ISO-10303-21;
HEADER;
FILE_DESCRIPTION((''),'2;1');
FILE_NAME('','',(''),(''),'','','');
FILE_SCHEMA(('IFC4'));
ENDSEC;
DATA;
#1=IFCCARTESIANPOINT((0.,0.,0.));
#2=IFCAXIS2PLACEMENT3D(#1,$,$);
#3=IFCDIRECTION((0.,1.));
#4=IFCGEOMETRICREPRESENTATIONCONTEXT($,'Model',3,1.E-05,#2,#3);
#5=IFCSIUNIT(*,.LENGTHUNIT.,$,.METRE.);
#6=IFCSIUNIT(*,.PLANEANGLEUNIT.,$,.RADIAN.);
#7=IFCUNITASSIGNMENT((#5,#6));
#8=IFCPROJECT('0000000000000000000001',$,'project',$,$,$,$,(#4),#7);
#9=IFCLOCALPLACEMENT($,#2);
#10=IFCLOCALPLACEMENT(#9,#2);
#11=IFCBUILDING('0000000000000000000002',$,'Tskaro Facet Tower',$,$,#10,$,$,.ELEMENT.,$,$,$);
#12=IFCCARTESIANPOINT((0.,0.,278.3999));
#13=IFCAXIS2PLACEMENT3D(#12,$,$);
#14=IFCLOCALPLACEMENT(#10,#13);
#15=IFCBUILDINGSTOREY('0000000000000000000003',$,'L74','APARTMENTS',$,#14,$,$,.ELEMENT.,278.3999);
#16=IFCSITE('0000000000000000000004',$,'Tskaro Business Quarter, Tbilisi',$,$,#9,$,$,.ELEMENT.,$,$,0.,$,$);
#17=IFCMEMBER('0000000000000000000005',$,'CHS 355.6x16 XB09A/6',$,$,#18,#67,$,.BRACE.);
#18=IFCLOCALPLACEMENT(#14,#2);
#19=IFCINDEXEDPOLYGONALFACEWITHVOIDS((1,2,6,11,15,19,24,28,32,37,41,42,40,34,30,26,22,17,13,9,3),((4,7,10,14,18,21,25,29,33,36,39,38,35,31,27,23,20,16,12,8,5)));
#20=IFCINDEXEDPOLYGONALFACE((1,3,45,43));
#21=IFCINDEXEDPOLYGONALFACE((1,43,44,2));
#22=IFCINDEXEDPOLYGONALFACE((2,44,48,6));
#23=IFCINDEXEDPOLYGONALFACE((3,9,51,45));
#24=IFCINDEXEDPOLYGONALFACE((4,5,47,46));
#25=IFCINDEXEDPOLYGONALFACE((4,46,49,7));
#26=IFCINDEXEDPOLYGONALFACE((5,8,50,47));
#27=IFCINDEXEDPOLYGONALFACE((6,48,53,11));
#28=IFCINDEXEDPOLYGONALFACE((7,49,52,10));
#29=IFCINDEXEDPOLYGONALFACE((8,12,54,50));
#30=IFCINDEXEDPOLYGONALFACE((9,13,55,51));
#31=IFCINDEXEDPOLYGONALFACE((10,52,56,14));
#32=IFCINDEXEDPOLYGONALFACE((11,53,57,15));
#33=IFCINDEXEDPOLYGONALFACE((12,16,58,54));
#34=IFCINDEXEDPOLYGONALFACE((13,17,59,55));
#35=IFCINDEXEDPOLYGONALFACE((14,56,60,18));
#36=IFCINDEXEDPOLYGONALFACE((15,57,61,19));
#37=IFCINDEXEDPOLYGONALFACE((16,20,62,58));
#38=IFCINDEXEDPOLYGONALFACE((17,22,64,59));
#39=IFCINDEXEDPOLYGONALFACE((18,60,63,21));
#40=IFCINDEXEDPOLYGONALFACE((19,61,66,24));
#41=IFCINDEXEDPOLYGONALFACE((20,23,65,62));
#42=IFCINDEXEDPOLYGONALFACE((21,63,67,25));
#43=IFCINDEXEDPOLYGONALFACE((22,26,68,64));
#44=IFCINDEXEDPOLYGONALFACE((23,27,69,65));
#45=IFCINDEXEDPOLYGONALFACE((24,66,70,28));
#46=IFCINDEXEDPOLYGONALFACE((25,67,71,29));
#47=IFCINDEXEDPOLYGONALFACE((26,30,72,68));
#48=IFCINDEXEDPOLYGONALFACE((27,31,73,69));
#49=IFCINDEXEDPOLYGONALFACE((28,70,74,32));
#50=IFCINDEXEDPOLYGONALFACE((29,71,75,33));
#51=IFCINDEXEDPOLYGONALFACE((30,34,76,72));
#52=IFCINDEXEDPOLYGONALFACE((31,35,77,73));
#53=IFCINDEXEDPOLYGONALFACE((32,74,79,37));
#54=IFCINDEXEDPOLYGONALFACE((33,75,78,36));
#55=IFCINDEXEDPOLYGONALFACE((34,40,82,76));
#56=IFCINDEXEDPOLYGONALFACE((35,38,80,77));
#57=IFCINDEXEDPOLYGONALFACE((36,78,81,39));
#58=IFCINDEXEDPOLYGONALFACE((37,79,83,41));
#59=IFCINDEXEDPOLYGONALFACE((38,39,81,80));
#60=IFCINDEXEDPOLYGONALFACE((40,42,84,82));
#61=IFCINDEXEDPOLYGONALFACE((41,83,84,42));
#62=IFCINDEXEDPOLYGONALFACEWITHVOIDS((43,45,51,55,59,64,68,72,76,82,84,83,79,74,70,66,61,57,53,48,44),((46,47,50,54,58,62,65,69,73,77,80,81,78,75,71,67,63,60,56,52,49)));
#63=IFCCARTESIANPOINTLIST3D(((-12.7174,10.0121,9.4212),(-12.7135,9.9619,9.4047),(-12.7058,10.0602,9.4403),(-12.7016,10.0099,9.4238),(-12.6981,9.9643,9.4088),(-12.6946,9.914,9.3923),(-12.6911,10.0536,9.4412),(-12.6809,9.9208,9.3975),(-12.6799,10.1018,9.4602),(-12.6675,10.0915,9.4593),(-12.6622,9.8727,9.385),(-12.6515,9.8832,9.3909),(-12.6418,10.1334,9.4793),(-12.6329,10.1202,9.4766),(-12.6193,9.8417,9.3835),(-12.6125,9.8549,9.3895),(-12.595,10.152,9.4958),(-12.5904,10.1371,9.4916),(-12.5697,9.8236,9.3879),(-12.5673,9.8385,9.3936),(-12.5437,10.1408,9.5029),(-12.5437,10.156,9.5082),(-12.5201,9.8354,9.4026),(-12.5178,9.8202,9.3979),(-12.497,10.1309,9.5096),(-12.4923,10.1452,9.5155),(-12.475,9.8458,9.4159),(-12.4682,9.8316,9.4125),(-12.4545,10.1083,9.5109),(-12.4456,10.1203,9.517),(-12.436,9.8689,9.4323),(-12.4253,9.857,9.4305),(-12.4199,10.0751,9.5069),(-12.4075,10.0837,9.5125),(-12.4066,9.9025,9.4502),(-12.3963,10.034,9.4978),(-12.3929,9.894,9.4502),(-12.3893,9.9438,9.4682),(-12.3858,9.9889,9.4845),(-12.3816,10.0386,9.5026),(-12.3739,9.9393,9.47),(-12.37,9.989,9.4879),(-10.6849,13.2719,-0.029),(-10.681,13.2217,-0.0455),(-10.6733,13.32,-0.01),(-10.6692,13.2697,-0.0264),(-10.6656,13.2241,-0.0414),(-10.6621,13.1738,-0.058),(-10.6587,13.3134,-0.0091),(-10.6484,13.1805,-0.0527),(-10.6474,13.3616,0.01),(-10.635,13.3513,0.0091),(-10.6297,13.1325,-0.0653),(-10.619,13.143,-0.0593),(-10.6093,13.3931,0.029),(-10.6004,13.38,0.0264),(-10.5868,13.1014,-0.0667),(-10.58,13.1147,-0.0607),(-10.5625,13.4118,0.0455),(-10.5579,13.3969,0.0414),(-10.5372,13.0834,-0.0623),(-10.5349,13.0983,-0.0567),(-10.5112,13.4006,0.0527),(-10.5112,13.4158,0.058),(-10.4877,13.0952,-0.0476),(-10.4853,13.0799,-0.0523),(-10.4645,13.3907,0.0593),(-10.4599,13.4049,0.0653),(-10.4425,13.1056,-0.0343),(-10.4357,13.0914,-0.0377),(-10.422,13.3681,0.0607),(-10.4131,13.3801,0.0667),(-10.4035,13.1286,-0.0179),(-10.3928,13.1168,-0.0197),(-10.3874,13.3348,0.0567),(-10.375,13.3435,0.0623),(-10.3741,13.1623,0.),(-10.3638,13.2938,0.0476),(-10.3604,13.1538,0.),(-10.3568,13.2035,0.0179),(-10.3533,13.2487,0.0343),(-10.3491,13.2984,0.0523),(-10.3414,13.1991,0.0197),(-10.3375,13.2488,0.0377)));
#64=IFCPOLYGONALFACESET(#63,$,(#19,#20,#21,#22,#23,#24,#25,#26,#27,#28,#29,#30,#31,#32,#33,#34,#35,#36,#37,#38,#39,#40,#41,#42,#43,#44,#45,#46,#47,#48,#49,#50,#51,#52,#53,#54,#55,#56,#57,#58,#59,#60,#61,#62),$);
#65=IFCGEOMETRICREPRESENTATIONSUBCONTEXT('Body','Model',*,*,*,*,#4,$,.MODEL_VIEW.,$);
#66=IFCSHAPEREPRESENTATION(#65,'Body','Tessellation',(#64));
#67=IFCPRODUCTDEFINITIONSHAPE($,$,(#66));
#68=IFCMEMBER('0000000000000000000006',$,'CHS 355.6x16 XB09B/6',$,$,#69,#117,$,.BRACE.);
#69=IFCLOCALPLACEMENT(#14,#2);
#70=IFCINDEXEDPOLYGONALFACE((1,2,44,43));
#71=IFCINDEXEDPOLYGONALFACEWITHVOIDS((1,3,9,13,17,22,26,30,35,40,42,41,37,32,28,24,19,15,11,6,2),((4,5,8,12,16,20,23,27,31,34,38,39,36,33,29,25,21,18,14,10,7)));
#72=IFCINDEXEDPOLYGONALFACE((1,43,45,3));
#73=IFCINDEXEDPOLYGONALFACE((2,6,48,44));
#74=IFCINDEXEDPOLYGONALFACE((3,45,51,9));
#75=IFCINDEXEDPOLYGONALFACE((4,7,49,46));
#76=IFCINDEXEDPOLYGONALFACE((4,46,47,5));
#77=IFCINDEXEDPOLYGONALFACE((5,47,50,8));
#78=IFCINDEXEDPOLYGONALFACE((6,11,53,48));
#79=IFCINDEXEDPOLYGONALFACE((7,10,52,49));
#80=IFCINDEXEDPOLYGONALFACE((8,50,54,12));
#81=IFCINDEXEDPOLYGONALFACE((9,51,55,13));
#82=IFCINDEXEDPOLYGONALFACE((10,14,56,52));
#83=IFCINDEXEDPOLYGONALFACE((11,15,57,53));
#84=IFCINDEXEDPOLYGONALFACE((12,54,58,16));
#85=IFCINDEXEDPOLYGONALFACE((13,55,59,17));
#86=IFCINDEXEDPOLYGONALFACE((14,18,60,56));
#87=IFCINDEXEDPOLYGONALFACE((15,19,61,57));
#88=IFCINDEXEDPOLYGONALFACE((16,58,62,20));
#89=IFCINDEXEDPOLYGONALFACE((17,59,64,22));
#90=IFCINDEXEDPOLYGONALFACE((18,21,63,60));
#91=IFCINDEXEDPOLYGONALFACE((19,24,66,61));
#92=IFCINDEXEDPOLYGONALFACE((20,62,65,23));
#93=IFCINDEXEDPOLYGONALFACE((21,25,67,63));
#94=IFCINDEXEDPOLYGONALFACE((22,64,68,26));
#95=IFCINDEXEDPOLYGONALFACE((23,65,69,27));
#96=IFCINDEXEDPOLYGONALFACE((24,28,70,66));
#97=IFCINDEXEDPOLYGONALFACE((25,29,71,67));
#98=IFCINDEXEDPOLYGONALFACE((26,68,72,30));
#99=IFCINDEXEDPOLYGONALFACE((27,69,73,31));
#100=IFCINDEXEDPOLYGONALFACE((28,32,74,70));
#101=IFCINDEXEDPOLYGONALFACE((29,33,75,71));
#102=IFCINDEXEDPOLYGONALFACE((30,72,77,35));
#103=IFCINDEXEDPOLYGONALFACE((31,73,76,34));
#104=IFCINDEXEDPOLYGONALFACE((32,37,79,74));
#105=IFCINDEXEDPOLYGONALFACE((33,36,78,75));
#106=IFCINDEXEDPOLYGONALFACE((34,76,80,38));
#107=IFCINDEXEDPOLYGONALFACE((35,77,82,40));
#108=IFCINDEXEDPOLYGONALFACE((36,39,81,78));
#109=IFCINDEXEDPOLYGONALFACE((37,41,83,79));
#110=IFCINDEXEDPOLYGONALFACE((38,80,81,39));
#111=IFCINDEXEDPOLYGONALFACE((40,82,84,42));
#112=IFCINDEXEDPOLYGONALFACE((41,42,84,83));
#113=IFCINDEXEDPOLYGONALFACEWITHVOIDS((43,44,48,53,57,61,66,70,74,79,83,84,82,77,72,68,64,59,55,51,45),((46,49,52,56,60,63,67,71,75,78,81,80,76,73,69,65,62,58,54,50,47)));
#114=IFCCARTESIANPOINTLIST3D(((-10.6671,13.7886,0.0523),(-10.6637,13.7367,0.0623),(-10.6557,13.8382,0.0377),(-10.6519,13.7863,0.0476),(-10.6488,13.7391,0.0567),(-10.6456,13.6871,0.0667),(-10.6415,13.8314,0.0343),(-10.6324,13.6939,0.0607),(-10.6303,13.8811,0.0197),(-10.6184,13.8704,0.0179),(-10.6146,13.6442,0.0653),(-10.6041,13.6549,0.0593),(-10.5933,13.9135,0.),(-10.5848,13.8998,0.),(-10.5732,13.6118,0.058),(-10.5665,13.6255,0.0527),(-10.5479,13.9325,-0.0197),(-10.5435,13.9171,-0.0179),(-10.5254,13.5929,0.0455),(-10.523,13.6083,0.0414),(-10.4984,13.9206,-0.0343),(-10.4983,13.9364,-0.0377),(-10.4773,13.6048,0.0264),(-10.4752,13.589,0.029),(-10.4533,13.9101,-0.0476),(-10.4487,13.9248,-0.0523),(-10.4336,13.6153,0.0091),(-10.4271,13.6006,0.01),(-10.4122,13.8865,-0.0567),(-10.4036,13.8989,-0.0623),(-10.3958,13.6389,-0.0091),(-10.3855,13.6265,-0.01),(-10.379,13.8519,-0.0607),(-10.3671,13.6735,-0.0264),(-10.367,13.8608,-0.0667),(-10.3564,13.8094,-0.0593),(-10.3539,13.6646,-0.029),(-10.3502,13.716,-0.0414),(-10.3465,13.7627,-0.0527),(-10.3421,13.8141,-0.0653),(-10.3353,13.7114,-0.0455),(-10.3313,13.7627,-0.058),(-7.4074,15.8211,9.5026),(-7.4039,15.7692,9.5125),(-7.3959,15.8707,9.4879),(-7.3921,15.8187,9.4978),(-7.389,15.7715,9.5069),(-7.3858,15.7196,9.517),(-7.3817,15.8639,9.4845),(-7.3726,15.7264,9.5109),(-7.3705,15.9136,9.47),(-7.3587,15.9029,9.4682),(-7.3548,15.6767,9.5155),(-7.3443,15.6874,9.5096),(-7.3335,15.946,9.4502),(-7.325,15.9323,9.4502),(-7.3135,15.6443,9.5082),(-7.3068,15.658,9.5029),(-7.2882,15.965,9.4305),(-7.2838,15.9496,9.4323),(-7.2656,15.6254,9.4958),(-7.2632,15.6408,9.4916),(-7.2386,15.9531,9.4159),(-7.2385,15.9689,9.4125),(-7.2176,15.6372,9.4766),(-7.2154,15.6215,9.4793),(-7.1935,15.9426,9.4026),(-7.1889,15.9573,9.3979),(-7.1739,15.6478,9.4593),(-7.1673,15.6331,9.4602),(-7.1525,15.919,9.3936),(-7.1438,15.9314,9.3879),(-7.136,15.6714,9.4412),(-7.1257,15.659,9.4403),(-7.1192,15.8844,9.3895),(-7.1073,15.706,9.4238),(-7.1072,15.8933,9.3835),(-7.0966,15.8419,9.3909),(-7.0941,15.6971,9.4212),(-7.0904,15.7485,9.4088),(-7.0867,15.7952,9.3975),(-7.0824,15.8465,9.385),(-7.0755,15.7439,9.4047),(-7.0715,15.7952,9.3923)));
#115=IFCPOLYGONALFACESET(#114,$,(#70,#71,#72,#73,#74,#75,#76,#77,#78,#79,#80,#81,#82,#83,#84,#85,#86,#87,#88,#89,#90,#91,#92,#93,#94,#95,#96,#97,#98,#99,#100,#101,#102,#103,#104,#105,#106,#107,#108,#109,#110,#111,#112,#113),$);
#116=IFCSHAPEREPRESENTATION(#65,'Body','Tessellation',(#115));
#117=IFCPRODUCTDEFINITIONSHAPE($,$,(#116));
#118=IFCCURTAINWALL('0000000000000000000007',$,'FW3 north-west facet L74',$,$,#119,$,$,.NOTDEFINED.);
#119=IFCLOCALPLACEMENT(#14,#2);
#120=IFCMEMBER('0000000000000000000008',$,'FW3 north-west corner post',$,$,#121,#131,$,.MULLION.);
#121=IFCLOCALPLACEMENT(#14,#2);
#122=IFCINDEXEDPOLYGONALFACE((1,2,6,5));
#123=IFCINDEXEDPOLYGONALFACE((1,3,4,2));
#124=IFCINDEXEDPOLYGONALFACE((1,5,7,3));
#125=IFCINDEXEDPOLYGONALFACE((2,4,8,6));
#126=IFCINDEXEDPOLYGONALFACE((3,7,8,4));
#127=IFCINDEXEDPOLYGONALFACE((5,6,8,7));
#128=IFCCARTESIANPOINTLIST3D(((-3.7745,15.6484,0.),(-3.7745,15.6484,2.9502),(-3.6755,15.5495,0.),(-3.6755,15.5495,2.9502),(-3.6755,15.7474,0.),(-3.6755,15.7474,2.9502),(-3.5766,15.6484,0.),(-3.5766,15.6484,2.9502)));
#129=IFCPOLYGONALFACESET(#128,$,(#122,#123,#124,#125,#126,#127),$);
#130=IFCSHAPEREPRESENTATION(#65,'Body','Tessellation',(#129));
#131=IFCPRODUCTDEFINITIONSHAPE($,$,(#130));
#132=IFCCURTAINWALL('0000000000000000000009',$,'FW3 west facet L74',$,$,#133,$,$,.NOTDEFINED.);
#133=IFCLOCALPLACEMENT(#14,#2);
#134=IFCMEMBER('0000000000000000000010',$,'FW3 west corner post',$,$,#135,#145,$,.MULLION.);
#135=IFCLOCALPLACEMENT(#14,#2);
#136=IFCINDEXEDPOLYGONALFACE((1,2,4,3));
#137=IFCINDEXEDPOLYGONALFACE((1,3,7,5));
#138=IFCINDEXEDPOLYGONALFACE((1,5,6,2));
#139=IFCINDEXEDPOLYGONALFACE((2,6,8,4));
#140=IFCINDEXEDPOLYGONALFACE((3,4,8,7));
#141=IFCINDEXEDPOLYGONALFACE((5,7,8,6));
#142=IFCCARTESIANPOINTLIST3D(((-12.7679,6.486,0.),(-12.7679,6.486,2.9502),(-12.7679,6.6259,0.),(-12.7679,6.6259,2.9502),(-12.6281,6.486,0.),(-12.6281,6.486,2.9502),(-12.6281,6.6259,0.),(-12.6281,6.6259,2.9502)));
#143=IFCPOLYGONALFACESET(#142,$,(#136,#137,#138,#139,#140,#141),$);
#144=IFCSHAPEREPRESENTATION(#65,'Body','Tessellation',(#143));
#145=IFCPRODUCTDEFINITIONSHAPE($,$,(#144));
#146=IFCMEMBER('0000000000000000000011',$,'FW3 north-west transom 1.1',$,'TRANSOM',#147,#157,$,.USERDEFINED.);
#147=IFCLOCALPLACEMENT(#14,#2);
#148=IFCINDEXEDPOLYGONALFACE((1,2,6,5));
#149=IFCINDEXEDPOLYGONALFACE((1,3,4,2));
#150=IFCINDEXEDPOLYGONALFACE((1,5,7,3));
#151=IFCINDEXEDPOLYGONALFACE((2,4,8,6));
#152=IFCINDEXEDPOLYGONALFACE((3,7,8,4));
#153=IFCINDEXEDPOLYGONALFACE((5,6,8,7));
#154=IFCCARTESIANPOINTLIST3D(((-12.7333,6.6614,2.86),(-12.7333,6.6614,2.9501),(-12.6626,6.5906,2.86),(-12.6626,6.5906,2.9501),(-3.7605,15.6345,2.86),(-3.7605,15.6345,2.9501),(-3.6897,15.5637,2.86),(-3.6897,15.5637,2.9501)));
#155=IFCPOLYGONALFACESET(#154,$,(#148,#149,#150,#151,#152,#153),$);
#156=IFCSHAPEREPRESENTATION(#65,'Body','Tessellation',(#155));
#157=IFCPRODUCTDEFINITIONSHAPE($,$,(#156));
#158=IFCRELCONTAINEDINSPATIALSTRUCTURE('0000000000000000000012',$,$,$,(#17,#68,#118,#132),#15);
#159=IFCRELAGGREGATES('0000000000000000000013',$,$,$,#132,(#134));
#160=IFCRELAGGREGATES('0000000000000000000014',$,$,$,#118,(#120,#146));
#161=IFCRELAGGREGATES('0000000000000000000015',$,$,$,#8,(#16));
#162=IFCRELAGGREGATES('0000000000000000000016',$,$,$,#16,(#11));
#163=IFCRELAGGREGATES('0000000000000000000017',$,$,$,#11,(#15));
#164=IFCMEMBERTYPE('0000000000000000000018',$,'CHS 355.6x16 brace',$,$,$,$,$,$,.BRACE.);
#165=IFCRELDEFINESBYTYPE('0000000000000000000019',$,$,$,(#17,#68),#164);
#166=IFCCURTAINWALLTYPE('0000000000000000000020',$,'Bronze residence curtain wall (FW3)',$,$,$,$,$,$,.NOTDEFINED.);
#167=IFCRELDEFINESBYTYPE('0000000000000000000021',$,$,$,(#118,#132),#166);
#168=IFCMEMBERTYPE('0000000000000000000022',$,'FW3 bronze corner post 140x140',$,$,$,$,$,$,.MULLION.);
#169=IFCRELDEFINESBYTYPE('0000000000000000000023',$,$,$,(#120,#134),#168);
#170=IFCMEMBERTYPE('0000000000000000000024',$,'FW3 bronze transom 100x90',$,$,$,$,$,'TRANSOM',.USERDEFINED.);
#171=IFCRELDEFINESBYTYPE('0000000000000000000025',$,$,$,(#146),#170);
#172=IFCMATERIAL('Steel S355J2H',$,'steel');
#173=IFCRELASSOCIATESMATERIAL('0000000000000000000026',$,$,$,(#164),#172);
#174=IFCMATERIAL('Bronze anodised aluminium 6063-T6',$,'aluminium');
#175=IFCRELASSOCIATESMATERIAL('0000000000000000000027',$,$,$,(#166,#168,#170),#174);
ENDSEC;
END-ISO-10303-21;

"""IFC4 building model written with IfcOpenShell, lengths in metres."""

from ifc_helpers import new_model, si_unit, direction, frame, origin, origin_2d, place, context, subcontext, project, spatial, rectangle, hollow_circle, extrude, material, material_profile, profile_set, type_object, element, aggregate, save


model = new_model("IFC4")

# Units and contexts
model_context = context("Model", 3, precision=1e-05, world=origin(), true_north=direction((0.0, 1.0)))
body_context = subcontext(model_context, "Body", "Model", "MODEL_VIEW")
ifc_project = project(units=[si_unit("LENGTHUNIT", "METRE"), si_unit("PLANEANGLEUNIT", "RADIAN")], contexts=[model_context])

# Site, building, storey
site_placement = place(None, origin())
site = spatial("IfcSite", under=ifc_project, at=site_placement, Name="Tskaro Business Quarter, Tbilisi", CompositionType="ELEMENT", RefElevation=0.0)
building_placement = place(site_placement, origin())
building = spatial("IfcBuilding", under=site, at=building_placement, Name="Tskaro Facet Tower", CompositionType="ELEMENT")
storey_placement = place(building_placement, frame((0.0, 0.0, 278.3999)))
storey = spatial("IfcBuildingStorey", under=building, at=storey_placement, Name="L74", Description="APARTMENTS", CompositionType="ELEMENT", Elevation=278.3999)

# Shared definitions
ifc_material_1 = material(Name="Steel S355J2H", Category="steel")

# Members
ifc_material_profile_1 = material_profile(ifc_material_1, hollow_circle(Radius=0.1777, WallThickness=0.0161, at=origin_2d()), Name="CHS 355.6x16")
ifc_profile_set_1 = profile_set([ifc_material_profile_1], Name="Steel S355J2H")
member_type_1 = type_object("IfcMemberType", Name="CHS 355.6x16 brace", PredefinedType="BRACE", material=ifc_profile_set_1)
for number, where, z_axis, x_axis, name in (
    (1, (-10.5112, 13.2478, 0.0), (-0.19924, -0.319549, 0.926386), (0.848569, -0.529085, 0.0), "CHS 355.6x16 XB09A/6"),
    (2, (-10.4993, 13.7627, 0.0), (0.319549, 0.19924, 0.926386), (-0.529085, 0.848569, 0.0), "CHS 355.6x16 XB09B/6"),
):
    element("IfcMember", number, at=place(storey_placement, frame(where, z_axis=z_axis, x_axis=x_axis)), inside=storey, type_object=member_type_1, Name=name, PredefinedType="BRACE", context=body_context, shape_type="SweptSolid", body=[
        extrude(hollow_circle(Radius=0.1777, WallThickness=0.0161, at=origin_2d()), origin(), (0.0, 0.0, 1.0), 10.2012),
    ])

# Curtain walls, members
ifc_material_2 = material(Name="Bronze anodised aluminium 6063-T6", Category="aluminium")
curtain_wall_type = type_object("IfcCurtainWallType", Name="Bronze residence curtain wall (FW3)", PredefinedType="NOTDEFINED", material=ifc_material_2)
curtain_wall_1_placement = place(storey_placement, origin())
curtain_wall_1 = element("IfcCurtainWall", 3, at=curtain_wall_1_placement, inside=storey, type_object=curtain_wall_type, Name="FW3 north-west facet L74", PredefinedType="NOTDEFINED")
ifc_material_profile_2 = material_profile(ifc_material_2, rectangle(XDim=0.1399, YDim=0.1399, at=origin_2d()), Name="Corner post 140x140")
ifc_profile_set_2 = profile_set([ifc_material_profile_2], Name="Bronze anodised aluminium 6063-T6")
member_type_2 = type_object("IfcMemberType", Name="FW3 bronze corner post 140x140", PredefinedType="MULLION", material=ifc_profile_set_2)
member_1_placement = place(storey_placement, frame((-3.6755, 15.6484, 0.0), z_axis=(0.0, 0.0, 1.0), x_axis=(-0.707107, -0.707107, 0.0)))
member_1 = element("IfcMember", 4, at=member_1_placement, type_object=member_type_2, Name="FW3 north-west corner post", PredefinedType="MULLION", context=body_context, shape_type="SweptSolid", body=[
    extrude(rectangle(XDim=0.1399, YDim=0.1399, at=origin_2d()), origin(), (0.0, 0.0, 1.0), 2.9502),
])
curtain_wall_2_placement = place(storey_placement, origin())
curtain_wall_2 = element("IfcCurtainWall", 5, at=curtain_wall_2_placement, inside=storey, type_object=curtain_wall_type, Name="FW3 west facet L74", PredefinedType="NOTDEFINED")
member_2_placement = place(storey_placement, frame((-12.698, 6.5559, 0.0), z_axis=(0.0, 0.0, 1.0), x_axis=(0.0, -1.0, 0.0)))
member_2 = element("IfcMember", 6, at=member_2_placement, type_object=member_type_2, Name="FW3 west corner post", PredefinedType="MULLION", context=body_context, shape_type="SweptSolid", body=[
    extrude(rectangle(XDim=0.1399, YDim=0.1399, at=origin_2d()), origin(), (0.0, 0.0, 1.0), 2.9502),
])
aggregate(curtain_wall_2, [member_2])

# Member
ifc_material_profile_3 = material_profile(ifc_material_2, rectangle(XDim=0.1001, YDim=0.0901, at=origin_2d()), Name="Transom 100x90")
ifc_profile_set_3 = profile_set([ifc_material_profile_3], Name="Bronze anodised aluminium 6063-T6")
member_type_3 = type_object("IfcMemberType", Name="FW3 bronze transom 100x90", ElementType="TRANSOM", PredefinedType="USERDEFINED", material=ifc_profile_set_3)
member_3_placement = place(storey_placement, frame((-3.7251, 15.5991, 2.905), z_axis=(-0.707097, -0.707116, 0.0), x_axis=(0.707116, -0.707097, 0.0)))
member_3 = element("IfcMember", 7, at=member_3_placement, type_object=member_type_3, Name="FW3 north-west transom 1.1", ObjectType="TRANSOM", PredefinedType="USERDEFINED", context=body_context, shape_type="SweptSolid", body=[
    extrude(rectangle(XDim=0.1001, YDim=0.0901, at=origin_2d()), origin(), (0.0, 0.0, 1.0), 12.6897),
])

aggregate(curtain_wall_1, [member_1, member_3])

save(model, "model.ifc")
